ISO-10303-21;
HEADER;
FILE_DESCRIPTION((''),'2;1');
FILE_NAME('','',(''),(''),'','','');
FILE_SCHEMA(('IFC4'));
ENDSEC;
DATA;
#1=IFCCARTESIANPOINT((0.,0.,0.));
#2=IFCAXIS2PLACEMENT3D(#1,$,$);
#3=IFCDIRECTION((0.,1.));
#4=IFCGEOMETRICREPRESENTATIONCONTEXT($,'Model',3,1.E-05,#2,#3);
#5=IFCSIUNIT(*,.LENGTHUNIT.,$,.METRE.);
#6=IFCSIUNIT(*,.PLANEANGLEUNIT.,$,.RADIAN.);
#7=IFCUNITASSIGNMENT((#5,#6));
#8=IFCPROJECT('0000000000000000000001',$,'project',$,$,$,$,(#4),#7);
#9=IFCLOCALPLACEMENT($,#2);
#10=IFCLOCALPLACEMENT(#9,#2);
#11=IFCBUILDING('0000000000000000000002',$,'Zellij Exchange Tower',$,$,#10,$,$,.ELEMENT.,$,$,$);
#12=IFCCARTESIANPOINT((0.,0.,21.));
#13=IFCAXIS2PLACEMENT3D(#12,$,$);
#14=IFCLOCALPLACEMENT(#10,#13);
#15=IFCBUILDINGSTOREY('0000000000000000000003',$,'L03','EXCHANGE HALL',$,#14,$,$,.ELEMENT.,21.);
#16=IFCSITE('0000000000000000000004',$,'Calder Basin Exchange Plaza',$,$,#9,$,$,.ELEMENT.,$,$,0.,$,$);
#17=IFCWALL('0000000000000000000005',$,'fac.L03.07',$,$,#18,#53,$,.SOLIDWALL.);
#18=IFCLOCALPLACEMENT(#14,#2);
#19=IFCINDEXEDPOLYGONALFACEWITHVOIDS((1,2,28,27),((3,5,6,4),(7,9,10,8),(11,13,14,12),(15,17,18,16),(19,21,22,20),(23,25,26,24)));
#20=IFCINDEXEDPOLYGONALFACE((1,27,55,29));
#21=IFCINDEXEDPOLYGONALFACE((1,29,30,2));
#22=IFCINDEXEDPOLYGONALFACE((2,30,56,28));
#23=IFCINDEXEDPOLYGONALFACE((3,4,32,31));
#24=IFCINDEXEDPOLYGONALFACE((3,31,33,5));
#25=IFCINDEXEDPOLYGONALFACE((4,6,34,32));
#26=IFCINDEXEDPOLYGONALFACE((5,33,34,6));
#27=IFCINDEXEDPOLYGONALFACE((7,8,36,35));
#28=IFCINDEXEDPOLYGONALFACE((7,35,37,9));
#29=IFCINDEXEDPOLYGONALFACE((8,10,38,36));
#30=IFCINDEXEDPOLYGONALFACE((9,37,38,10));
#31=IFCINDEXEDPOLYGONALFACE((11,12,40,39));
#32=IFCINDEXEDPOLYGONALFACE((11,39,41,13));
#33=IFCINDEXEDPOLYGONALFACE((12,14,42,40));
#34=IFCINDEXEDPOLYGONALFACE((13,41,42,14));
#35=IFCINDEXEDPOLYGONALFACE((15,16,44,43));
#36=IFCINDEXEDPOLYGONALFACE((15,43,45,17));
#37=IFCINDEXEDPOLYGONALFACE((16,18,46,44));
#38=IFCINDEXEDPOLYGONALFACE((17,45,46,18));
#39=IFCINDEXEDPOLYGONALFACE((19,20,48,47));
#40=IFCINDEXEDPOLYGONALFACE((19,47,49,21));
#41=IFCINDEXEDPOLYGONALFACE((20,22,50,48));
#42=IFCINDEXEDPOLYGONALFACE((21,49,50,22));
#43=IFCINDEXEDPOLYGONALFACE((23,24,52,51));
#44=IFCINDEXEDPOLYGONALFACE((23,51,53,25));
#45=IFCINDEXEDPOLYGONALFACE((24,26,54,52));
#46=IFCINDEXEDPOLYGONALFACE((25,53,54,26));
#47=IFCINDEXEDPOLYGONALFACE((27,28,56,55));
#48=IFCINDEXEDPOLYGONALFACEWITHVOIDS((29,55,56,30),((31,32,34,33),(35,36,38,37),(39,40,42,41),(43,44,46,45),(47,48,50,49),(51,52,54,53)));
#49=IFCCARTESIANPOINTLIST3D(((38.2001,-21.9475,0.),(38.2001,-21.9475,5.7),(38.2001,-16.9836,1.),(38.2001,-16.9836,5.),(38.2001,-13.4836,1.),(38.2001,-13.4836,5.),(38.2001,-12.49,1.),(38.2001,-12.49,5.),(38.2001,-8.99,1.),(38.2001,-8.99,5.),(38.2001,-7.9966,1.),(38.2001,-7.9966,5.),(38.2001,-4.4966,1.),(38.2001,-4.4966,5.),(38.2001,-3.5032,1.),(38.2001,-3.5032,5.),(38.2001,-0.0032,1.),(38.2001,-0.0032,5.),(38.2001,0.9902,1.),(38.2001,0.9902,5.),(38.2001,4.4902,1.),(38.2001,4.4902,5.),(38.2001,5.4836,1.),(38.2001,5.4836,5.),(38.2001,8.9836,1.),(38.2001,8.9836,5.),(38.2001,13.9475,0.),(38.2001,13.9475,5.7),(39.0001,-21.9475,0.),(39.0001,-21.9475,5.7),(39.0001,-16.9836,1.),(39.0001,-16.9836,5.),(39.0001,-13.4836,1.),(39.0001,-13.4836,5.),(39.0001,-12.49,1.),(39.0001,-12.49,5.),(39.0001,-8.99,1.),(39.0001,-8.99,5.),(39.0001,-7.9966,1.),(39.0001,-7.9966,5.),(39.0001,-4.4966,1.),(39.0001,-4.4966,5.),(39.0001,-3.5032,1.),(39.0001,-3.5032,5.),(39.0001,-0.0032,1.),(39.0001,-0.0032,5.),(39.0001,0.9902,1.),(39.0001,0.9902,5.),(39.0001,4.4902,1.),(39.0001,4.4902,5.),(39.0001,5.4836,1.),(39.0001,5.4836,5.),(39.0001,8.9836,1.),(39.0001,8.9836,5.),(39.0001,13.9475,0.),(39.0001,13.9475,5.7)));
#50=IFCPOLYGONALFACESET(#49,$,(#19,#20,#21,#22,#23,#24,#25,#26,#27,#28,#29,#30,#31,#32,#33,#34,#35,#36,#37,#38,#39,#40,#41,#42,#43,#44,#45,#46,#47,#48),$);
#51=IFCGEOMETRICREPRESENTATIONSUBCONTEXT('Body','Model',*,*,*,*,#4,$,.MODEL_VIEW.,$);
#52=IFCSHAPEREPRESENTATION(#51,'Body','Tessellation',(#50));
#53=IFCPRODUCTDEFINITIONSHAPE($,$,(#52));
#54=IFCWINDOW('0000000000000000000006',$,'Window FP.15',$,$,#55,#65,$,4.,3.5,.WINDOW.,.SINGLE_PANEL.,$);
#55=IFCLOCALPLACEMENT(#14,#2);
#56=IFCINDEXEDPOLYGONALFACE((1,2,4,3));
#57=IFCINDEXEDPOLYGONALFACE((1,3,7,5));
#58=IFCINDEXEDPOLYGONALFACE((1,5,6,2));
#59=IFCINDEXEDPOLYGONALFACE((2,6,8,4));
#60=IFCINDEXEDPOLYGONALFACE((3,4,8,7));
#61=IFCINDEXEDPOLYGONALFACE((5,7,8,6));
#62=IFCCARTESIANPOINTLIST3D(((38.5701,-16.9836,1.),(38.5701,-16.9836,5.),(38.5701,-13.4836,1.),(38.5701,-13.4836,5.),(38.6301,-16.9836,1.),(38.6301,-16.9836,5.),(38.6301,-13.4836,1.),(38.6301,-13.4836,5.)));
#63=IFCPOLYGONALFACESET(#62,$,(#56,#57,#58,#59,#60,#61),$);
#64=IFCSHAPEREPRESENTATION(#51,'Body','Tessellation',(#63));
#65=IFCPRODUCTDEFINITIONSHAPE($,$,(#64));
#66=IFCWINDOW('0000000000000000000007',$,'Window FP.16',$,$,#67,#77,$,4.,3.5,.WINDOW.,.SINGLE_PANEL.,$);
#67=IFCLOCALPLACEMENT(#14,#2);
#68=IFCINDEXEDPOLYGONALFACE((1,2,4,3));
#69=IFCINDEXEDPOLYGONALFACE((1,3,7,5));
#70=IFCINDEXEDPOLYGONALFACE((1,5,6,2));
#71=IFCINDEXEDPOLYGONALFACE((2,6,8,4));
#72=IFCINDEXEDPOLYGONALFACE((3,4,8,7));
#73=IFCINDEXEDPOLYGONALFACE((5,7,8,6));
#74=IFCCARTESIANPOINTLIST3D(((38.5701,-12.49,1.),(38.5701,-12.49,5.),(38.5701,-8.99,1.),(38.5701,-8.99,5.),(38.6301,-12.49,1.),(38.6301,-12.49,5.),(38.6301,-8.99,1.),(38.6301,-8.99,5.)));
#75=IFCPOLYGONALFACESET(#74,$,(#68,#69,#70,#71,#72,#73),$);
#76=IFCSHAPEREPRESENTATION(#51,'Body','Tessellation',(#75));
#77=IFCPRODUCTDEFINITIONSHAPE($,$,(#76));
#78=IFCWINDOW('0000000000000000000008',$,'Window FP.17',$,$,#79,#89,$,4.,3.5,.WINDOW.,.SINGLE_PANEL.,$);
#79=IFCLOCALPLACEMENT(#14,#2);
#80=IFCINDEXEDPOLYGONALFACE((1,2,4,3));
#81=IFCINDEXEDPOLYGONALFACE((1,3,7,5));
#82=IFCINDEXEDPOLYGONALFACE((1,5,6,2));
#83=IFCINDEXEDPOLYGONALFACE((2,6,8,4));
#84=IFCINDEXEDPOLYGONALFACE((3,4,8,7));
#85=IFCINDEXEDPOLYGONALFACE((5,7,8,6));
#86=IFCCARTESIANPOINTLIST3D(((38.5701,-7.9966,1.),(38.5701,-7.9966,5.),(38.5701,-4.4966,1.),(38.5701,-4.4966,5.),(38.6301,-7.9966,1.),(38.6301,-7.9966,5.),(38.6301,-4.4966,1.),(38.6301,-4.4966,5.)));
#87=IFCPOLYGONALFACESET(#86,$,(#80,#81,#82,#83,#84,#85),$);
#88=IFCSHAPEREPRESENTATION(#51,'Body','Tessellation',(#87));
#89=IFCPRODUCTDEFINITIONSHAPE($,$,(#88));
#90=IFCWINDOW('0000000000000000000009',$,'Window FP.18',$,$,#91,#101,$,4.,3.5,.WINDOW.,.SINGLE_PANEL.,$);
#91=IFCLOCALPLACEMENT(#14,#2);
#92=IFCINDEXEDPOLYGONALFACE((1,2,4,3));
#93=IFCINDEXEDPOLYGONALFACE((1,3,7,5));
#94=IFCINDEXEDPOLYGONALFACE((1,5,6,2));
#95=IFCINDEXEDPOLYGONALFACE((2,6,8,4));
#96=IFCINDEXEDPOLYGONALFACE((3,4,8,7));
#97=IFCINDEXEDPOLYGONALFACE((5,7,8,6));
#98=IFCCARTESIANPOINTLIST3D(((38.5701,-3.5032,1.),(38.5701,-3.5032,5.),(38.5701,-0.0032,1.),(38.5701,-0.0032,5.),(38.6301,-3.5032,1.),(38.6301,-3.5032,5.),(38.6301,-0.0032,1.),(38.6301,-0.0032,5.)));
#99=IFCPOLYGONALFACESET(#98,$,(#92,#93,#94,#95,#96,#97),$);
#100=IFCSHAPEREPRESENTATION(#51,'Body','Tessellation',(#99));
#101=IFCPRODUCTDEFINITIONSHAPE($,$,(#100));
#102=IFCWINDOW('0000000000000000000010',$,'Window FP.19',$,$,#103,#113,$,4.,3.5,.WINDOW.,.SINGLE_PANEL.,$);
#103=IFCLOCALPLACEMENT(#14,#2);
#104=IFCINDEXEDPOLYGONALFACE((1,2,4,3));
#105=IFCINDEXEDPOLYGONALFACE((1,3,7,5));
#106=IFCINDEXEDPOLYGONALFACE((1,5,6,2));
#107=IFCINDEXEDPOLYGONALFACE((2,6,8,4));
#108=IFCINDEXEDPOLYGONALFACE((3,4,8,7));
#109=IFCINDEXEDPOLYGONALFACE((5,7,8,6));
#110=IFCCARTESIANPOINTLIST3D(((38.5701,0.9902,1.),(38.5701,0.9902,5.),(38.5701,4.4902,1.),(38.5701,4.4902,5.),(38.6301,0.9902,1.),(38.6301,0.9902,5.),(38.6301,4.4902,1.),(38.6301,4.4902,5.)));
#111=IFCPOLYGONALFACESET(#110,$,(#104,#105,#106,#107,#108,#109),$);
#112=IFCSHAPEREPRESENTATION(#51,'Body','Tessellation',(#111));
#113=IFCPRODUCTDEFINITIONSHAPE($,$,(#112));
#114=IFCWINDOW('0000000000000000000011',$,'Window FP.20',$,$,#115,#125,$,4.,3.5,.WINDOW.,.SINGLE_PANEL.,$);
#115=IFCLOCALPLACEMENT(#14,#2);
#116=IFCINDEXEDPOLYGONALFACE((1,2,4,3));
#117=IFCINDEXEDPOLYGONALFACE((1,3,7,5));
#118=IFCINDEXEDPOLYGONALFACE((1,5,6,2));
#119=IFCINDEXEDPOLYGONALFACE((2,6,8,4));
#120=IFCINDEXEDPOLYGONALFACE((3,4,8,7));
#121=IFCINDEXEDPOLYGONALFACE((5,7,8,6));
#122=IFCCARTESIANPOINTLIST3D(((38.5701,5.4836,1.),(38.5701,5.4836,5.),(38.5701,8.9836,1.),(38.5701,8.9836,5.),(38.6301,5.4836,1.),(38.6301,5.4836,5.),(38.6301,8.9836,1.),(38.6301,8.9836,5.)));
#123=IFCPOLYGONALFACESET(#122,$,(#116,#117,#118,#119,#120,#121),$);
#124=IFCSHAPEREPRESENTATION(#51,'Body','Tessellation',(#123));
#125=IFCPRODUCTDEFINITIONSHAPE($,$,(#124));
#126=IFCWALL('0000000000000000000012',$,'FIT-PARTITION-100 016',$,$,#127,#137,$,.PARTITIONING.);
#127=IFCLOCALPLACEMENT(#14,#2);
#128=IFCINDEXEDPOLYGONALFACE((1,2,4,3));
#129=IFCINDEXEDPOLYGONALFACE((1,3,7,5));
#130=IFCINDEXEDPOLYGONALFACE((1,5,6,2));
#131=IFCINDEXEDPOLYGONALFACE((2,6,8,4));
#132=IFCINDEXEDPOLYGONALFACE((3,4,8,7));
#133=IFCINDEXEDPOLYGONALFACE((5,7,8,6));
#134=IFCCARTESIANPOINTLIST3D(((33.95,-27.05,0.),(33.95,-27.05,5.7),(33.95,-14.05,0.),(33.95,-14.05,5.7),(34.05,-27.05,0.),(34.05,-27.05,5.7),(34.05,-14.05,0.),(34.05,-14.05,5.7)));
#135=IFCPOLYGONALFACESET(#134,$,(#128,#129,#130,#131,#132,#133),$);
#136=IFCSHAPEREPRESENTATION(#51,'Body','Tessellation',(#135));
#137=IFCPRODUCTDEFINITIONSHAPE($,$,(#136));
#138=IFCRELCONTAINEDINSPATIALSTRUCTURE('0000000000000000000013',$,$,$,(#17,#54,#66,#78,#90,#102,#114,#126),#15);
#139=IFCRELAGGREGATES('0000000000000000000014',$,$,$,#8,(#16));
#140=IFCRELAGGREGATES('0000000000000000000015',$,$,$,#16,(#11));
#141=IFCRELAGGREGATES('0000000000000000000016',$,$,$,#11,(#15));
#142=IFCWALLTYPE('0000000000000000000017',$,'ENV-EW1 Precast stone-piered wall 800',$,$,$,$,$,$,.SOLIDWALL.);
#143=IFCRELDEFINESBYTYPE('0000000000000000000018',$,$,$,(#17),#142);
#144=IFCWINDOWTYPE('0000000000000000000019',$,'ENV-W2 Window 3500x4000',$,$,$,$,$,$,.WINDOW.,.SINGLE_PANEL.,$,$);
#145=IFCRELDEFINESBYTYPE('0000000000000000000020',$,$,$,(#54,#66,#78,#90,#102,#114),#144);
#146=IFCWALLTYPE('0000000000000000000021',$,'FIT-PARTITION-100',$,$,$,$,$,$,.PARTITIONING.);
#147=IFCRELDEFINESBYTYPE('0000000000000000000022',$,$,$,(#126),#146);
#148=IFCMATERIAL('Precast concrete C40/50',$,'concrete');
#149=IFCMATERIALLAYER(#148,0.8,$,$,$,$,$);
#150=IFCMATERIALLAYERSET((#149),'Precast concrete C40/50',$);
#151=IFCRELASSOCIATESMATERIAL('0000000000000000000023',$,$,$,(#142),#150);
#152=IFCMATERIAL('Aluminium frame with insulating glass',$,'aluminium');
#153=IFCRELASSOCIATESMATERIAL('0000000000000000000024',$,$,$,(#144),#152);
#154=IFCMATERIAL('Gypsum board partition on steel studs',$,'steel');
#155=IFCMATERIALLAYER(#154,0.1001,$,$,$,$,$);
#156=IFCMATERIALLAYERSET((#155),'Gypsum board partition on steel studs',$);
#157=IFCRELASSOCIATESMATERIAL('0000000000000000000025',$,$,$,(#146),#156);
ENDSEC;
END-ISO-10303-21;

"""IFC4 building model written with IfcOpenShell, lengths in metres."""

from ifc_helpers import new_model, si_unit, direction, frame, frame_2d, origin, place, context, subcontext, project, spatial, rectangle, extrude, material, layer, layer_set, type_object, element, fill, save


model = new_model("IFC4")

# Units and contexts
model_context = context("Model", 3, precision=1e-05, world=origin(), true_north=direction((0.0, 1.0)))
body_context = subcontext(model_context, "Body", "Model", "MODEL_VIEW")
ifc_project = project(units=[si_unit("LENGTHUNIT", "METRE"), si_unit("PLANEANGLEUNIT", "RADIAN")], contexts=[model_context])

# Site, building, storey
site_placement = place(None, origin())
site = spatial("IfcSite", under=ifc_project, at=site_placement, Name="Calder Basin Exchange Plaza", CompositionType="ELEMENT", RefElevation=0.0)
building_placement = place(site_placement, origin())
building = spatial("IfcBuilding", under=site, at=building_placement, Name="Zellij Exchange Tower", CompositionType="ELEMENT")
storey_placement = place(building_placement, frame((0.0, 0.0, 21.0)))
storey = spatial("IfcBuildingStorey", under=building, at=storey_placement, Name="L03", Description="EXCHANGE HALL", CompositionType="ELEMENT", Elevation=21.0)

# Shared definitions
ifc_material_1 = material(Name="Precast concrete C40/50", Category="concrete")
ifc_layer_1 = layer(ifc_material_1, 0.8)
ifc_layer_set_1 = layer_set([ifc_layer_1], Name="Precast concrete C40/50")
wall_type_1 = type_object("IfcWallType", Name="ENV-EW1 Precast stone-piered wall 800", PredefinedType="SOLIDWALL", material=ifc_layer_set_1)

# Wall, openings, windows
wall_1_placement = place(storey_placement, frame((38.6001, -21.9475, 0.0), z_axis=(0.0, 0.0, 1.0), x_axis=(0.0, 1.0, 0.0)))
wall_1 = element("IfcWall", 1, at=wall_1_placement, inside=storey, type_object=wall_type_1, Name="fac.L03.07", PredefinedType="SOLIDWALL", context=body_context, shape_type="SweptSolid", body=[
    extrude(rectangle(XDim=35.895, YDim=0.8, at=frame_2d((17.9475, 0.0))), origin(), (0.0, 0.0, 1.0), 5.7),
])
opening_1_placement = place(wall_1_placement, frame((4.9639, 0.0, 1.0)))
opening_1 = element("IfcOpeningElement", 2, at=opening_1_placement, cuts=wall_1, PredefinedType="OPENING", context=body_context, shape_type="SweptSolid", body=[
    extrude(rectangle(XDim=3.5, YDim=4.0, at=frame_2d((1.75, 2.0))), frame((0.0, 0.4121, 0.0), z_axis=(0.0, -1.0, 0.0), x_axis=(1.0, 0.0, 0.0)), (0.0, 0.0, 1.0), 0.824),
])
opening_2_placement = place(wall_1_placement, frame((9.4575, 0.0, 1.0)))
opening_2 = element("IfcOpeningElement", 3, at=opening_2_placement, cuts=wall_1, PredefinedType="OPENING", context=body_context, shape_type="SweptSolid", body=[
    extrude(rectangle(XDim=3.5, YDim=4.0, at=frame_2d((1.75, 2.0))), frame((0.0, 0.4121, 0.0), z_axis=(0.0, -1.0, 0.0), x_axis=(1.0, 0.0, 0.0)), (0.0, 0.0, 1.0), 0.824),
])
opening_3_placement = place(wall_1_placement, frame((13.9509, 0.0, 1.0)))
opening_3 = element("IfcOpeningElement", 4, at=opening_3_placement, cuts=wall_1, PredefinedType="OPENING", context=body_context, shape_type="SweptSolid", body=[
    extrude(rectangle(XDim=3.5, YDim=4.0, at=frame_2d((1.75, 2.0))), frame((0.0, 0.4121, 0.0), z_axis=(0.0, -1.0, 0.0), x_axis=(1.0, 0.0, 0.0)), (0.0, 0.0, 1.0), 0.824),
])
opening_4_placement = place(wall_1_placement, frame((18.4443, 0.0, 1.0)))
opening_4 = element("IfcOpeningElement", 5, at=opening_4_placement, cuts=wall_1, PredefinedType="OPENING", context=body_context, shape_type="SweptSolid", body=[
    extrude(rectangle(XDim=3.5, YDim=4.0, at=frame_2d((1.75, 2.0))), frame((0.0, 0.4121, 0.0), z_axis=(0.0, -1.0, 0.0), x_axis=(1.0, 0.0, 0.0)), (0.0, 0.0, 1.0), 0.824),
])
opening_5_placement = place(wall_1_placement, frame((22.9377, 0.0, 1.0)))
opening_5 = element("IfcOpeningElement", 6, at=opening_5_placement, cuts=wall_1, PredefinedType="OPENING", context=body_context, shape_type="SweptSolid", body=[
    extrude(rectangle(XDim=3.5, YDim=4.0, at=frame_2d((1.75, 2.0))), frame((0.0, 0.4121, 0.0), z_axis=(0.0, -1.0, 0.0), x_axis=(1.0, 0.0, 0.0)), (0.0, 0.0, 1.0), 0.824),
])
opening_6_placement = place(wall_1_placement, frame((27.4312, 0.0, 1.0)))
opening_6 = element("IfcOpeningElement", 7, at=opening_6_placement, cuts=wall_1, PredefinedType="OPENING", context=body_context, shape_type="SweptSolid", body=[
    extrude(rectangle(XDim=3.5, YDim=4.0, at=frame_2d((1.75, 2.0))), frame((0.0, 0.4121, 0.0), z_axis=(0.0, -1.0, 0.0), x_axis=(1.0, 0.0, 0.0)), (0.0, 0.0, 1.0), 0.824),
])
ifc_material_2 = material(Name="Aluminium frame with insulating glass", Category="aluminium")
window_type = type_object("IfcWindowType", Name="ENV-W2 Window 3500x4000", PartitioningType="SINGLE_PANEL", PredefinedType="WINDOW", material=ifc_material_2)
window_1_placement = place(opening_1_placement, origin())
window_1 = element("IfcWindow", 8, at=window_1_placement, inside=storey, type_object=window_type, Name="Window FP.15", OverallHeight=4.0, OverallWidth=3.5, PartitioningType="SINGLE_PANEL", PredefinedType="WINDOW", context=body_context, shape_type="SweptSolid", body=[
    extrude(rectangle(XDim=3.5, YDim=4.0, at=frame_2d((1.75, 2.0))), frame((0.0, 0.03, 0.0), z_axis=(0.0, -1.0, 0.0), x_axis=(1.0, 0.0, 0.0)), (0.0, 0.0, 1.0), 0.0601),
])
fill(opening_1, window_1)
window_2_placement = place(opening_2_placement, origin())
window_2 = element("IfcWindow", 9, at=window_2_placement, inside=storey, type_object=window_type, Name="Window FP.16", OverallHeight=4.0, OverallWidth=3.5, PartitioningType="SINGLE_PANEL", PredefinedType="WINDOW", context=body_context, shape_type="SweptSolid", body=[
    extrude(rectangle(XDim=3.5, YDim=4.0, at=frame_2d((1.75, 2.0))), frame((0.0, 0.03, 0.0), z_axis=(0.0, -1.0, 0.0), x_axis=(1.0, 0.0, 0.0)), (0.0, 0.0, 1.0), 0.0601),
])
fill(opening_2, window_2)
window_3_placement = place(opening_3_placement, origin())
window_3 = element("IfcWindow", 10, at=window_3_placement, inside=storey, type_object=window_type, Name="Window FP.17", OverallHeight=4.0, OverallWidth=3.5, PartitioningType="SINGLE_PANEL", PredefinedType="WINDOW", context=body_context, shape_type="SweptSolid", body=[
    extrude(rectangle(XDim=3.5, YDim=4.0, at=frame_2d((1.75, 2.0))), frame((0.0, 0.03, 0.0), z_axis=(0.0, -1.0, 0.0), x_axis=(1.0, 0.0, 0.0)), (0.0, 0.0, 1.0), 0.0601),
])
fill(opening_3, window_3)
window_4_placement = place(opening_4_placement, origin())
window_4 = element("IfcWindow", 11, at=window_4_placement, inside=storey, type_object=window_type, Name="Window FP.18", OverallHeight=4.0, OverallWidth=3.5, PartitioningType="SINGLE_PANEL", PredefinedType="WINDOW", context=body_context, shape_type="SweptSolid", body=[
    extrude(rectangle(XDim=3.5, YDim=4.0, at=frame_2d((1.75, 2.0))), frame((0.0, 0.03, 0.0), z_axis=(0.0, -1.0, 0.0), x_axis=(1.0, 0.0, 0.0)), (0.0, 0.0, 1.0), 0.0601),
])
fill(opening_4, window_4)
window_5_placement = place(opening_5_placement, origin())
window_5 = element("IfcWindow", 12, at=window_5_placement, inside=storey, type_object=window_type, Name="Window FP.19", OverallHeight=4.0, OverallWidth=3.5, PartitioningType="SINGLE_PANEL", PredefinedType="WINDOW", context=body_context, shape_type="SweptSolid", body=[
    extrude(rectangle(XDim=3.5, YDim=4.0, at=frame_2d((1.75, 2.0))), frame((0.0, 0.03, 0.0), z_axis=(0.0, -1.0, 0.0), x_axis=(1.0, 0.0, 0.0)), (0.0, 0.0, 1.0), 0.0601),
])
fill(opening_5, window_5)
window_6_placement = place(opening_6_placement, origin())
window_6 = element("IfcWindow", 13, at=window_6_placement, inside=storey, type_object=window_type, Name="Window FP.20", OverallHeight=4.0, OverallWidth=3.5, PartitioningType="SINGLE_PANEL", PredefinedType="WINDOW", context=body_context, shape_type="SweptSolid", body=[
    extrude(rectangle(XDim=3.5, YDim=4.0, at=frame_2d((1.75, 2.0))), frame((0.0, 0.03, 0.0), z_axis=(0.0, -1.0, 0.0), x_axis=(1.0, 0.0, 0.0)), (0.0, 0.0, 1.0), 0.0601),
])
fill(opening_6, window_6)

# Wall
ifc_material_3 = material(Name="Gypsum board partition on steel studs", Category="steel")
ifc_layer_2 = layer(ifc_material_3, 0.1001)
ifc_layer_set_2 = layer_set([ifc_layer_2], Name="Gypsum board partition on steel studs")
wall_type_2 = type_object("IfcWallType", Name="FIT-PARTITION-100", PredefinedType="PARTITIONING", material=ifc_layer_set_2)
wall_2_placement = place(storey_placement, frame((34.0, -27.05, 0.0), z_axis=(0.0, 0.0, 1.0), x_axis=(0.0, 1.0, 0.0)))
element("IfcWall", 14, at=wall_2_placement, inside=storey, type_object=wall_type_2, Name="FIT-PARTITION-100 016", PredefinedType="PARTITIONING", context=body_context, shape_type="SweptSolid", body=[
    extrude(rectangle(XDim=13.0, YDim=0.1001, at=frame_2d((6.5, 0.0))), origin(), (0.0, 0.0, 1.0), 5.7),
])

save(model, "model.ifc")
